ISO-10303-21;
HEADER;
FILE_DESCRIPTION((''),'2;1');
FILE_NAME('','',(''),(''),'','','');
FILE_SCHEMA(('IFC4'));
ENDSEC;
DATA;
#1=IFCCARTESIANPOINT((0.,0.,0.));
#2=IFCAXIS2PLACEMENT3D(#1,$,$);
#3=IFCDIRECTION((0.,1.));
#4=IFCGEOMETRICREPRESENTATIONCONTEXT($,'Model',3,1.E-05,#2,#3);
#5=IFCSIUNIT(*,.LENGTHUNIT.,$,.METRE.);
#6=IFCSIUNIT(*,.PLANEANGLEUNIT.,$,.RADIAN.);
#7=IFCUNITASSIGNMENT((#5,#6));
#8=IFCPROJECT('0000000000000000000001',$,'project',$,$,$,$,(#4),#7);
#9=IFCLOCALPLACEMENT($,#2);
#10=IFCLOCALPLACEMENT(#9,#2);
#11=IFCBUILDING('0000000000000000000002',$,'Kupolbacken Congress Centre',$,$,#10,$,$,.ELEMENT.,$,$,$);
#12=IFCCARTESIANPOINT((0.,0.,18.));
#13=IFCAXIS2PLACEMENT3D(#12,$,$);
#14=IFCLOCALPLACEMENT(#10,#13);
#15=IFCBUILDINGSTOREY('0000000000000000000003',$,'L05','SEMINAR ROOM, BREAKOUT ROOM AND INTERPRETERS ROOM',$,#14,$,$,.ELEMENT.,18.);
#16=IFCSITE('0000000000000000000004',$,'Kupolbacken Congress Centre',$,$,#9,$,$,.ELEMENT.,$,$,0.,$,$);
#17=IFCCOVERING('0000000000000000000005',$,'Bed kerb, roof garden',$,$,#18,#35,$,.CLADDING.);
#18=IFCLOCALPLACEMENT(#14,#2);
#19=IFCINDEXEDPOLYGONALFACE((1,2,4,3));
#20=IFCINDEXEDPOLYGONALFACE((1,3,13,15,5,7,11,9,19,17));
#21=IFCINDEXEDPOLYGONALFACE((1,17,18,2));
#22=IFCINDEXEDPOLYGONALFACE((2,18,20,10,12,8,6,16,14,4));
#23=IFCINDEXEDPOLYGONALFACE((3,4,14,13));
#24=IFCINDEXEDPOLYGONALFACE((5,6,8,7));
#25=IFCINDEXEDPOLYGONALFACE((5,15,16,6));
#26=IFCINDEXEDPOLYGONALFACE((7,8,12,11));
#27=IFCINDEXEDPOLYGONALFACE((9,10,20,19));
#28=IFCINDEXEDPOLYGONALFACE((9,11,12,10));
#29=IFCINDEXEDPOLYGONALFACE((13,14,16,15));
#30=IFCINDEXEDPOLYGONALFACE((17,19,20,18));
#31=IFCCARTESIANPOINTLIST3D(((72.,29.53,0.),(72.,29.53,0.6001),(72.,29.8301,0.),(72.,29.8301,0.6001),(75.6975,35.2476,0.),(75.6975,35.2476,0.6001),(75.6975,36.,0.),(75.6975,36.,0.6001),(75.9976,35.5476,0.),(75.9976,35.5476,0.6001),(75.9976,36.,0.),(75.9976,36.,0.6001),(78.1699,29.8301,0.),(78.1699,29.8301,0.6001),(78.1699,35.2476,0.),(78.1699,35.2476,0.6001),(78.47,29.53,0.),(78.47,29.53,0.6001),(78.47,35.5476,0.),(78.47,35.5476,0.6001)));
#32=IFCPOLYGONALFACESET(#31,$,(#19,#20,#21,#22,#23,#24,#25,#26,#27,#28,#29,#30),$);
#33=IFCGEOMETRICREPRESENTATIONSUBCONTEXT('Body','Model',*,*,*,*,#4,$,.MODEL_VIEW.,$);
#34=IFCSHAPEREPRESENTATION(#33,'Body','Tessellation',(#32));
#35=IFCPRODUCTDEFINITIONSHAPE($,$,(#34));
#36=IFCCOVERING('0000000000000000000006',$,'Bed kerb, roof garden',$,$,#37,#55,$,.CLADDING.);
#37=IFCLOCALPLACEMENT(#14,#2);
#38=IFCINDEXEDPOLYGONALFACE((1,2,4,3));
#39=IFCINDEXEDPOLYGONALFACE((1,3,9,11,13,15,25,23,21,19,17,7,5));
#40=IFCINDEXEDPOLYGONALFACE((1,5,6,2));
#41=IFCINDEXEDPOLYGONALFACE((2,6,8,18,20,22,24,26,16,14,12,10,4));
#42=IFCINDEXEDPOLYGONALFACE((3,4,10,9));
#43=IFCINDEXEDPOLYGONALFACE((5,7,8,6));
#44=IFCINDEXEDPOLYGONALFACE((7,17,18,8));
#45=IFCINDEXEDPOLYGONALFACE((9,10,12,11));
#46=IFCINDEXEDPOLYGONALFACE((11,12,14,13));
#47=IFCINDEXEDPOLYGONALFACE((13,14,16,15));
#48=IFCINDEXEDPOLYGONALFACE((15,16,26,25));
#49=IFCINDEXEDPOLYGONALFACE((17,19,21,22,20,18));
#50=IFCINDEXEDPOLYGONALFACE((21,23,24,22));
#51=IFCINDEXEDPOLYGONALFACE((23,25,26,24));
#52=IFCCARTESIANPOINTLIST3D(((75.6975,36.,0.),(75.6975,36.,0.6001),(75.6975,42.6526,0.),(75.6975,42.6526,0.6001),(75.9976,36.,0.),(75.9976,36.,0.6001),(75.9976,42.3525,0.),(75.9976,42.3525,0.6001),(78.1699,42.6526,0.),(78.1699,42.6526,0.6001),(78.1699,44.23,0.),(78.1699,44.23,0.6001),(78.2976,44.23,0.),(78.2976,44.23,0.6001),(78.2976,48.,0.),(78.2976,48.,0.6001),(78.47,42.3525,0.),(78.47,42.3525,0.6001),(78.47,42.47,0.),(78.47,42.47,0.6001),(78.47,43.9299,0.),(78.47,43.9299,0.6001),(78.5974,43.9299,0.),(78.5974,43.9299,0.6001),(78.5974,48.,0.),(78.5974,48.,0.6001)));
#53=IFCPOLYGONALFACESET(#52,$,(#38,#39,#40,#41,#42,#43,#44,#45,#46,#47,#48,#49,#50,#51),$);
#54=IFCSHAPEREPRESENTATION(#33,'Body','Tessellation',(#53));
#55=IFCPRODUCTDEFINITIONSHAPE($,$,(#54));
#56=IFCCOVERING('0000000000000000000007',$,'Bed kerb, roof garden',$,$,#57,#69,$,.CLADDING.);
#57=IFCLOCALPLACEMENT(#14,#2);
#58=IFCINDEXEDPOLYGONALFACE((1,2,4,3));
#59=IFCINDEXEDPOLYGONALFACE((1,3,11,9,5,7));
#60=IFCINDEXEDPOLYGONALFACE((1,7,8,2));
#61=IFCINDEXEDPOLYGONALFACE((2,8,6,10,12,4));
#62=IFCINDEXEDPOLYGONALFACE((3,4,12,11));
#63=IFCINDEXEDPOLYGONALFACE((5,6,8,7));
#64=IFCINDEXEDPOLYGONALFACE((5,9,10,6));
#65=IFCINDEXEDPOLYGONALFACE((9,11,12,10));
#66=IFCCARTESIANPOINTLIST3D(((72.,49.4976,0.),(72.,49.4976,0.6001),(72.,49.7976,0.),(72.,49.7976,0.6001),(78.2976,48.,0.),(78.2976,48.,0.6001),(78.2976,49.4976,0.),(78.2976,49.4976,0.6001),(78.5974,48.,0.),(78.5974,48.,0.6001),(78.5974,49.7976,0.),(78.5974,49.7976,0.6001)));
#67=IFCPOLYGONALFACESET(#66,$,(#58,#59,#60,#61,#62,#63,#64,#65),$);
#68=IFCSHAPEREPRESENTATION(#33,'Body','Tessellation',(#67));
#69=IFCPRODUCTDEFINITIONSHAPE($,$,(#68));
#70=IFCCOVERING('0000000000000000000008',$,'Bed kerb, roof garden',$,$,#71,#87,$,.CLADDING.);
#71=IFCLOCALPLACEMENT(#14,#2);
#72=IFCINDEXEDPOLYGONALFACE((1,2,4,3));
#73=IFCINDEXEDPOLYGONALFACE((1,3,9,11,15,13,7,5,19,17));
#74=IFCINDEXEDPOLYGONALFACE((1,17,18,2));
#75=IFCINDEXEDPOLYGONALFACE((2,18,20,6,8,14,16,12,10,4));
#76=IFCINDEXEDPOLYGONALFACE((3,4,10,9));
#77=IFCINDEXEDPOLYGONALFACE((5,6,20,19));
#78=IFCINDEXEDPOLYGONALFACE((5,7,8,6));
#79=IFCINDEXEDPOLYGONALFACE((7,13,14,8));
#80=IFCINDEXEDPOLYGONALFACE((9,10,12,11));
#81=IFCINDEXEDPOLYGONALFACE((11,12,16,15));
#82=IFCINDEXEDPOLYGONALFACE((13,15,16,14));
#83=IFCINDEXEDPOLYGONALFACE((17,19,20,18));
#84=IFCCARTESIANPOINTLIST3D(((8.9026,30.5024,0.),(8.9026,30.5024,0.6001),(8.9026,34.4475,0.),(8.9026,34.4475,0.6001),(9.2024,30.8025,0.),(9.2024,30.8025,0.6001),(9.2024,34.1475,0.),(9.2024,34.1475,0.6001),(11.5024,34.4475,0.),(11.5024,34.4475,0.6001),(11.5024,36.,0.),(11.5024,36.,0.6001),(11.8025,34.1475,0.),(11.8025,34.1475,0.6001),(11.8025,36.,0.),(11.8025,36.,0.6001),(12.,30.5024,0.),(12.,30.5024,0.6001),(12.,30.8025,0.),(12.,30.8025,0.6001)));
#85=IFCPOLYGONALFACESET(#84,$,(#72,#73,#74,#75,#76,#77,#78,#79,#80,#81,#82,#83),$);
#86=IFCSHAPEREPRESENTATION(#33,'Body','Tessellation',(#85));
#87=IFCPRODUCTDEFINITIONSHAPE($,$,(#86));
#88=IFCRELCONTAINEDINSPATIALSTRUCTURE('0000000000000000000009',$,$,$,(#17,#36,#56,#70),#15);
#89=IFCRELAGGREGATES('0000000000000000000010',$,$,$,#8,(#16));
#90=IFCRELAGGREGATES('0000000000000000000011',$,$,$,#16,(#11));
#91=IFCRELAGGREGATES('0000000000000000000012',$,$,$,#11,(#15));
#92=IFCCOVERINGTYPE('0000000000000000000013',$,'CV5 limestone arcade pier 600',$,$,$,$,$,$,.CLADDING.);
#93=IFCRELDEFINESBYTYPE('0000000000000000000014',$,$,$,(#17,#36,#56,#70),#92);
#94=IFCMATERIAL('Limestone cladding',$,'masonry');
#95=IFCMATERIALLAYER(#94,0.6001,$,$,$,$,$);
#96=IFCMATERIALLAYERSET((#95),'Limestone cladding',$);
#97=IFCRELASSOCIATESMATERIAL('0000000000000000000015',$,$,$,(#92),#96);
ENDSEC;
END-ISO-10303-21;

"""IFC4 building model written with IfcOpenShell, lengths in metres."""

from ifc_helpers import new_model, si_unit, direction, frame, origin, place, context, subcontext, project, spatial, polyline, outline, extrude, material, layer, layer_set, type_object, element, save


model = new_model("IFC4")

# Units and contexts
model_context = context("Model", 3, precision=1e-05, world=origin(), true_north=direction((0.0, 1.0)))
body_context = subcontext(model_context, "Body", "Model", "MODEL_VIEW")
ifc_project = project(units=[si_unit("LENGTHUNIT", "METRE"), si_unit("PLANEANGLEUNIT", "RADIAN")], contexts=[model_context])

# Site, building, storey
site_placement = place(None, origin())
site = spatial("IfcSite", under=ifc_project, at=site_placement, Name="Kupolbacken Congress Centre", CompositionType="ELEMENT", RefElevation=0.0)
building_placement = place(site_placement, origin())
building = spatial("IfcBuilding", under=site, at=building_placement, Name="Kupolbacken Congress Centre", CompositionType="ELEMENT")
storey_placement = place(building_placement, frame((0.0, 0.0, 18.0)))
storey = spatial("IfcBuildingStorey", under=building, at=storey_placement, Name="L05", Description="SEMINAR ROOM, BREAKOUT ROOM AND INTERPRETERS ROOM", CompositionType="ELEMENT", Elevation=18.0)

# Coverings
ifc_material_1 = material(Name="Limestone cladding", Category="masonry")
ifc_layer_1 = layer(ifc_material_1, 0.6001)
ifc_layer_set_1 = layer_set([ifc_layer_1], Name="Limestone cladding")
covering_type_1 = type_object("IfcCoveringType", Name="CV5 limestone arcade pier 600", PredefinedType="CLADDING", material=ifc_layer_set_1)
covering_1_placement = place(storey_placement, origin())
element("IfcCovering", 1, at=covering_1_placement, inside=storey, type_object=covering_type_1, Name="Bed kerb, roof garden", PredefinedType="CLADDING", context=body_context, shape_type="SweptSolid", body=[
    extrude(outline(polyline([(75.9976, 35.5476), (78.47, 35.5476), (78.47, 29.53), (72.0, 29.53), (72.0, 29.8301), (78.1699, 29.8301), (78.1699, 35.2476), (75.6975, 35.2476), (75.6975, 36.0), (75.9976, 36.0), (75.9976, 35.5476)])), origin(), (0.0, 0.0, 1.0), 0.6001),
])
covering_2_placement = place(storey_placement, origin())
element("IfcCovering", 2, at=covering_2_placement, inside=storey, type_object=covering_type_1, Name="Bed kerb, roof garden", PredefinedType="CLADDING", context=body_context, shape_type="SweptSolid", body=[
    extrude(outline(polyline([(78.5974, 43.9299), (78.47, 43.9299), (78.47, 42.47), (78.47, 42.47), (78.47, 42.3525), (75.9976, 42.3525), (75.9976, 36.0), (75.6975, 36.0), (75.6975, 42.6526), (78.1699, 42.6526), (78.1699, 44.23), (78.2976, 44.23), (78.2976, 48.0), (78.5974, 48.0), (78.5974, 43.9299)])), origin(), (0.0, 0.0, 1.0), 0.6001),
])
covering_3_placement = place(storey_placement, origin())
element("IfcCovering", 3, at=covering_3_placement, inside=storey, type_object=covering_type_1, Name="Bed kerb, roof garden", PredefinedType="CLADDING", context=body_context, shape_type="SweptSolid", body=[
    extrude(outline(polyline([(78.5974, 49.7976), (78.5974, 48.0), (78.2976, 48.0), (78.2976, 49.4976), (72.0, 49.4976), (72.0, 49.7976), (78.5974, 49.7976)])), origin(), (0.0, 0.0, 1.0), 0.6001),
])
covering_4_placement = place(storey_placement, origin())
element("IfcCovering", 4, at=covering_4_placement, inside=storey, type_object=covering_type_1, Name="Bed kerb, roof garden", PredefinedType="CLADDING", context=body_context, shape_type="SweptSolid", body=[
    extrude(outline(polyline([(8.9026, 30.5024), (8.9026, 34.4475), (11.5024, 34.4475), (11.5024, 36.0), (11.8025, 36.0), (11.8025, 34.1475), (9.2024, 34.1475), (9.2024, 30.8025), (12.0, 30.8025), (12.0, 30.5024), (8.9026, 30.5024)])), origin(), (0.0, 0.0, 1.0), 0.6001),
])

save(model, "model.ifc")
